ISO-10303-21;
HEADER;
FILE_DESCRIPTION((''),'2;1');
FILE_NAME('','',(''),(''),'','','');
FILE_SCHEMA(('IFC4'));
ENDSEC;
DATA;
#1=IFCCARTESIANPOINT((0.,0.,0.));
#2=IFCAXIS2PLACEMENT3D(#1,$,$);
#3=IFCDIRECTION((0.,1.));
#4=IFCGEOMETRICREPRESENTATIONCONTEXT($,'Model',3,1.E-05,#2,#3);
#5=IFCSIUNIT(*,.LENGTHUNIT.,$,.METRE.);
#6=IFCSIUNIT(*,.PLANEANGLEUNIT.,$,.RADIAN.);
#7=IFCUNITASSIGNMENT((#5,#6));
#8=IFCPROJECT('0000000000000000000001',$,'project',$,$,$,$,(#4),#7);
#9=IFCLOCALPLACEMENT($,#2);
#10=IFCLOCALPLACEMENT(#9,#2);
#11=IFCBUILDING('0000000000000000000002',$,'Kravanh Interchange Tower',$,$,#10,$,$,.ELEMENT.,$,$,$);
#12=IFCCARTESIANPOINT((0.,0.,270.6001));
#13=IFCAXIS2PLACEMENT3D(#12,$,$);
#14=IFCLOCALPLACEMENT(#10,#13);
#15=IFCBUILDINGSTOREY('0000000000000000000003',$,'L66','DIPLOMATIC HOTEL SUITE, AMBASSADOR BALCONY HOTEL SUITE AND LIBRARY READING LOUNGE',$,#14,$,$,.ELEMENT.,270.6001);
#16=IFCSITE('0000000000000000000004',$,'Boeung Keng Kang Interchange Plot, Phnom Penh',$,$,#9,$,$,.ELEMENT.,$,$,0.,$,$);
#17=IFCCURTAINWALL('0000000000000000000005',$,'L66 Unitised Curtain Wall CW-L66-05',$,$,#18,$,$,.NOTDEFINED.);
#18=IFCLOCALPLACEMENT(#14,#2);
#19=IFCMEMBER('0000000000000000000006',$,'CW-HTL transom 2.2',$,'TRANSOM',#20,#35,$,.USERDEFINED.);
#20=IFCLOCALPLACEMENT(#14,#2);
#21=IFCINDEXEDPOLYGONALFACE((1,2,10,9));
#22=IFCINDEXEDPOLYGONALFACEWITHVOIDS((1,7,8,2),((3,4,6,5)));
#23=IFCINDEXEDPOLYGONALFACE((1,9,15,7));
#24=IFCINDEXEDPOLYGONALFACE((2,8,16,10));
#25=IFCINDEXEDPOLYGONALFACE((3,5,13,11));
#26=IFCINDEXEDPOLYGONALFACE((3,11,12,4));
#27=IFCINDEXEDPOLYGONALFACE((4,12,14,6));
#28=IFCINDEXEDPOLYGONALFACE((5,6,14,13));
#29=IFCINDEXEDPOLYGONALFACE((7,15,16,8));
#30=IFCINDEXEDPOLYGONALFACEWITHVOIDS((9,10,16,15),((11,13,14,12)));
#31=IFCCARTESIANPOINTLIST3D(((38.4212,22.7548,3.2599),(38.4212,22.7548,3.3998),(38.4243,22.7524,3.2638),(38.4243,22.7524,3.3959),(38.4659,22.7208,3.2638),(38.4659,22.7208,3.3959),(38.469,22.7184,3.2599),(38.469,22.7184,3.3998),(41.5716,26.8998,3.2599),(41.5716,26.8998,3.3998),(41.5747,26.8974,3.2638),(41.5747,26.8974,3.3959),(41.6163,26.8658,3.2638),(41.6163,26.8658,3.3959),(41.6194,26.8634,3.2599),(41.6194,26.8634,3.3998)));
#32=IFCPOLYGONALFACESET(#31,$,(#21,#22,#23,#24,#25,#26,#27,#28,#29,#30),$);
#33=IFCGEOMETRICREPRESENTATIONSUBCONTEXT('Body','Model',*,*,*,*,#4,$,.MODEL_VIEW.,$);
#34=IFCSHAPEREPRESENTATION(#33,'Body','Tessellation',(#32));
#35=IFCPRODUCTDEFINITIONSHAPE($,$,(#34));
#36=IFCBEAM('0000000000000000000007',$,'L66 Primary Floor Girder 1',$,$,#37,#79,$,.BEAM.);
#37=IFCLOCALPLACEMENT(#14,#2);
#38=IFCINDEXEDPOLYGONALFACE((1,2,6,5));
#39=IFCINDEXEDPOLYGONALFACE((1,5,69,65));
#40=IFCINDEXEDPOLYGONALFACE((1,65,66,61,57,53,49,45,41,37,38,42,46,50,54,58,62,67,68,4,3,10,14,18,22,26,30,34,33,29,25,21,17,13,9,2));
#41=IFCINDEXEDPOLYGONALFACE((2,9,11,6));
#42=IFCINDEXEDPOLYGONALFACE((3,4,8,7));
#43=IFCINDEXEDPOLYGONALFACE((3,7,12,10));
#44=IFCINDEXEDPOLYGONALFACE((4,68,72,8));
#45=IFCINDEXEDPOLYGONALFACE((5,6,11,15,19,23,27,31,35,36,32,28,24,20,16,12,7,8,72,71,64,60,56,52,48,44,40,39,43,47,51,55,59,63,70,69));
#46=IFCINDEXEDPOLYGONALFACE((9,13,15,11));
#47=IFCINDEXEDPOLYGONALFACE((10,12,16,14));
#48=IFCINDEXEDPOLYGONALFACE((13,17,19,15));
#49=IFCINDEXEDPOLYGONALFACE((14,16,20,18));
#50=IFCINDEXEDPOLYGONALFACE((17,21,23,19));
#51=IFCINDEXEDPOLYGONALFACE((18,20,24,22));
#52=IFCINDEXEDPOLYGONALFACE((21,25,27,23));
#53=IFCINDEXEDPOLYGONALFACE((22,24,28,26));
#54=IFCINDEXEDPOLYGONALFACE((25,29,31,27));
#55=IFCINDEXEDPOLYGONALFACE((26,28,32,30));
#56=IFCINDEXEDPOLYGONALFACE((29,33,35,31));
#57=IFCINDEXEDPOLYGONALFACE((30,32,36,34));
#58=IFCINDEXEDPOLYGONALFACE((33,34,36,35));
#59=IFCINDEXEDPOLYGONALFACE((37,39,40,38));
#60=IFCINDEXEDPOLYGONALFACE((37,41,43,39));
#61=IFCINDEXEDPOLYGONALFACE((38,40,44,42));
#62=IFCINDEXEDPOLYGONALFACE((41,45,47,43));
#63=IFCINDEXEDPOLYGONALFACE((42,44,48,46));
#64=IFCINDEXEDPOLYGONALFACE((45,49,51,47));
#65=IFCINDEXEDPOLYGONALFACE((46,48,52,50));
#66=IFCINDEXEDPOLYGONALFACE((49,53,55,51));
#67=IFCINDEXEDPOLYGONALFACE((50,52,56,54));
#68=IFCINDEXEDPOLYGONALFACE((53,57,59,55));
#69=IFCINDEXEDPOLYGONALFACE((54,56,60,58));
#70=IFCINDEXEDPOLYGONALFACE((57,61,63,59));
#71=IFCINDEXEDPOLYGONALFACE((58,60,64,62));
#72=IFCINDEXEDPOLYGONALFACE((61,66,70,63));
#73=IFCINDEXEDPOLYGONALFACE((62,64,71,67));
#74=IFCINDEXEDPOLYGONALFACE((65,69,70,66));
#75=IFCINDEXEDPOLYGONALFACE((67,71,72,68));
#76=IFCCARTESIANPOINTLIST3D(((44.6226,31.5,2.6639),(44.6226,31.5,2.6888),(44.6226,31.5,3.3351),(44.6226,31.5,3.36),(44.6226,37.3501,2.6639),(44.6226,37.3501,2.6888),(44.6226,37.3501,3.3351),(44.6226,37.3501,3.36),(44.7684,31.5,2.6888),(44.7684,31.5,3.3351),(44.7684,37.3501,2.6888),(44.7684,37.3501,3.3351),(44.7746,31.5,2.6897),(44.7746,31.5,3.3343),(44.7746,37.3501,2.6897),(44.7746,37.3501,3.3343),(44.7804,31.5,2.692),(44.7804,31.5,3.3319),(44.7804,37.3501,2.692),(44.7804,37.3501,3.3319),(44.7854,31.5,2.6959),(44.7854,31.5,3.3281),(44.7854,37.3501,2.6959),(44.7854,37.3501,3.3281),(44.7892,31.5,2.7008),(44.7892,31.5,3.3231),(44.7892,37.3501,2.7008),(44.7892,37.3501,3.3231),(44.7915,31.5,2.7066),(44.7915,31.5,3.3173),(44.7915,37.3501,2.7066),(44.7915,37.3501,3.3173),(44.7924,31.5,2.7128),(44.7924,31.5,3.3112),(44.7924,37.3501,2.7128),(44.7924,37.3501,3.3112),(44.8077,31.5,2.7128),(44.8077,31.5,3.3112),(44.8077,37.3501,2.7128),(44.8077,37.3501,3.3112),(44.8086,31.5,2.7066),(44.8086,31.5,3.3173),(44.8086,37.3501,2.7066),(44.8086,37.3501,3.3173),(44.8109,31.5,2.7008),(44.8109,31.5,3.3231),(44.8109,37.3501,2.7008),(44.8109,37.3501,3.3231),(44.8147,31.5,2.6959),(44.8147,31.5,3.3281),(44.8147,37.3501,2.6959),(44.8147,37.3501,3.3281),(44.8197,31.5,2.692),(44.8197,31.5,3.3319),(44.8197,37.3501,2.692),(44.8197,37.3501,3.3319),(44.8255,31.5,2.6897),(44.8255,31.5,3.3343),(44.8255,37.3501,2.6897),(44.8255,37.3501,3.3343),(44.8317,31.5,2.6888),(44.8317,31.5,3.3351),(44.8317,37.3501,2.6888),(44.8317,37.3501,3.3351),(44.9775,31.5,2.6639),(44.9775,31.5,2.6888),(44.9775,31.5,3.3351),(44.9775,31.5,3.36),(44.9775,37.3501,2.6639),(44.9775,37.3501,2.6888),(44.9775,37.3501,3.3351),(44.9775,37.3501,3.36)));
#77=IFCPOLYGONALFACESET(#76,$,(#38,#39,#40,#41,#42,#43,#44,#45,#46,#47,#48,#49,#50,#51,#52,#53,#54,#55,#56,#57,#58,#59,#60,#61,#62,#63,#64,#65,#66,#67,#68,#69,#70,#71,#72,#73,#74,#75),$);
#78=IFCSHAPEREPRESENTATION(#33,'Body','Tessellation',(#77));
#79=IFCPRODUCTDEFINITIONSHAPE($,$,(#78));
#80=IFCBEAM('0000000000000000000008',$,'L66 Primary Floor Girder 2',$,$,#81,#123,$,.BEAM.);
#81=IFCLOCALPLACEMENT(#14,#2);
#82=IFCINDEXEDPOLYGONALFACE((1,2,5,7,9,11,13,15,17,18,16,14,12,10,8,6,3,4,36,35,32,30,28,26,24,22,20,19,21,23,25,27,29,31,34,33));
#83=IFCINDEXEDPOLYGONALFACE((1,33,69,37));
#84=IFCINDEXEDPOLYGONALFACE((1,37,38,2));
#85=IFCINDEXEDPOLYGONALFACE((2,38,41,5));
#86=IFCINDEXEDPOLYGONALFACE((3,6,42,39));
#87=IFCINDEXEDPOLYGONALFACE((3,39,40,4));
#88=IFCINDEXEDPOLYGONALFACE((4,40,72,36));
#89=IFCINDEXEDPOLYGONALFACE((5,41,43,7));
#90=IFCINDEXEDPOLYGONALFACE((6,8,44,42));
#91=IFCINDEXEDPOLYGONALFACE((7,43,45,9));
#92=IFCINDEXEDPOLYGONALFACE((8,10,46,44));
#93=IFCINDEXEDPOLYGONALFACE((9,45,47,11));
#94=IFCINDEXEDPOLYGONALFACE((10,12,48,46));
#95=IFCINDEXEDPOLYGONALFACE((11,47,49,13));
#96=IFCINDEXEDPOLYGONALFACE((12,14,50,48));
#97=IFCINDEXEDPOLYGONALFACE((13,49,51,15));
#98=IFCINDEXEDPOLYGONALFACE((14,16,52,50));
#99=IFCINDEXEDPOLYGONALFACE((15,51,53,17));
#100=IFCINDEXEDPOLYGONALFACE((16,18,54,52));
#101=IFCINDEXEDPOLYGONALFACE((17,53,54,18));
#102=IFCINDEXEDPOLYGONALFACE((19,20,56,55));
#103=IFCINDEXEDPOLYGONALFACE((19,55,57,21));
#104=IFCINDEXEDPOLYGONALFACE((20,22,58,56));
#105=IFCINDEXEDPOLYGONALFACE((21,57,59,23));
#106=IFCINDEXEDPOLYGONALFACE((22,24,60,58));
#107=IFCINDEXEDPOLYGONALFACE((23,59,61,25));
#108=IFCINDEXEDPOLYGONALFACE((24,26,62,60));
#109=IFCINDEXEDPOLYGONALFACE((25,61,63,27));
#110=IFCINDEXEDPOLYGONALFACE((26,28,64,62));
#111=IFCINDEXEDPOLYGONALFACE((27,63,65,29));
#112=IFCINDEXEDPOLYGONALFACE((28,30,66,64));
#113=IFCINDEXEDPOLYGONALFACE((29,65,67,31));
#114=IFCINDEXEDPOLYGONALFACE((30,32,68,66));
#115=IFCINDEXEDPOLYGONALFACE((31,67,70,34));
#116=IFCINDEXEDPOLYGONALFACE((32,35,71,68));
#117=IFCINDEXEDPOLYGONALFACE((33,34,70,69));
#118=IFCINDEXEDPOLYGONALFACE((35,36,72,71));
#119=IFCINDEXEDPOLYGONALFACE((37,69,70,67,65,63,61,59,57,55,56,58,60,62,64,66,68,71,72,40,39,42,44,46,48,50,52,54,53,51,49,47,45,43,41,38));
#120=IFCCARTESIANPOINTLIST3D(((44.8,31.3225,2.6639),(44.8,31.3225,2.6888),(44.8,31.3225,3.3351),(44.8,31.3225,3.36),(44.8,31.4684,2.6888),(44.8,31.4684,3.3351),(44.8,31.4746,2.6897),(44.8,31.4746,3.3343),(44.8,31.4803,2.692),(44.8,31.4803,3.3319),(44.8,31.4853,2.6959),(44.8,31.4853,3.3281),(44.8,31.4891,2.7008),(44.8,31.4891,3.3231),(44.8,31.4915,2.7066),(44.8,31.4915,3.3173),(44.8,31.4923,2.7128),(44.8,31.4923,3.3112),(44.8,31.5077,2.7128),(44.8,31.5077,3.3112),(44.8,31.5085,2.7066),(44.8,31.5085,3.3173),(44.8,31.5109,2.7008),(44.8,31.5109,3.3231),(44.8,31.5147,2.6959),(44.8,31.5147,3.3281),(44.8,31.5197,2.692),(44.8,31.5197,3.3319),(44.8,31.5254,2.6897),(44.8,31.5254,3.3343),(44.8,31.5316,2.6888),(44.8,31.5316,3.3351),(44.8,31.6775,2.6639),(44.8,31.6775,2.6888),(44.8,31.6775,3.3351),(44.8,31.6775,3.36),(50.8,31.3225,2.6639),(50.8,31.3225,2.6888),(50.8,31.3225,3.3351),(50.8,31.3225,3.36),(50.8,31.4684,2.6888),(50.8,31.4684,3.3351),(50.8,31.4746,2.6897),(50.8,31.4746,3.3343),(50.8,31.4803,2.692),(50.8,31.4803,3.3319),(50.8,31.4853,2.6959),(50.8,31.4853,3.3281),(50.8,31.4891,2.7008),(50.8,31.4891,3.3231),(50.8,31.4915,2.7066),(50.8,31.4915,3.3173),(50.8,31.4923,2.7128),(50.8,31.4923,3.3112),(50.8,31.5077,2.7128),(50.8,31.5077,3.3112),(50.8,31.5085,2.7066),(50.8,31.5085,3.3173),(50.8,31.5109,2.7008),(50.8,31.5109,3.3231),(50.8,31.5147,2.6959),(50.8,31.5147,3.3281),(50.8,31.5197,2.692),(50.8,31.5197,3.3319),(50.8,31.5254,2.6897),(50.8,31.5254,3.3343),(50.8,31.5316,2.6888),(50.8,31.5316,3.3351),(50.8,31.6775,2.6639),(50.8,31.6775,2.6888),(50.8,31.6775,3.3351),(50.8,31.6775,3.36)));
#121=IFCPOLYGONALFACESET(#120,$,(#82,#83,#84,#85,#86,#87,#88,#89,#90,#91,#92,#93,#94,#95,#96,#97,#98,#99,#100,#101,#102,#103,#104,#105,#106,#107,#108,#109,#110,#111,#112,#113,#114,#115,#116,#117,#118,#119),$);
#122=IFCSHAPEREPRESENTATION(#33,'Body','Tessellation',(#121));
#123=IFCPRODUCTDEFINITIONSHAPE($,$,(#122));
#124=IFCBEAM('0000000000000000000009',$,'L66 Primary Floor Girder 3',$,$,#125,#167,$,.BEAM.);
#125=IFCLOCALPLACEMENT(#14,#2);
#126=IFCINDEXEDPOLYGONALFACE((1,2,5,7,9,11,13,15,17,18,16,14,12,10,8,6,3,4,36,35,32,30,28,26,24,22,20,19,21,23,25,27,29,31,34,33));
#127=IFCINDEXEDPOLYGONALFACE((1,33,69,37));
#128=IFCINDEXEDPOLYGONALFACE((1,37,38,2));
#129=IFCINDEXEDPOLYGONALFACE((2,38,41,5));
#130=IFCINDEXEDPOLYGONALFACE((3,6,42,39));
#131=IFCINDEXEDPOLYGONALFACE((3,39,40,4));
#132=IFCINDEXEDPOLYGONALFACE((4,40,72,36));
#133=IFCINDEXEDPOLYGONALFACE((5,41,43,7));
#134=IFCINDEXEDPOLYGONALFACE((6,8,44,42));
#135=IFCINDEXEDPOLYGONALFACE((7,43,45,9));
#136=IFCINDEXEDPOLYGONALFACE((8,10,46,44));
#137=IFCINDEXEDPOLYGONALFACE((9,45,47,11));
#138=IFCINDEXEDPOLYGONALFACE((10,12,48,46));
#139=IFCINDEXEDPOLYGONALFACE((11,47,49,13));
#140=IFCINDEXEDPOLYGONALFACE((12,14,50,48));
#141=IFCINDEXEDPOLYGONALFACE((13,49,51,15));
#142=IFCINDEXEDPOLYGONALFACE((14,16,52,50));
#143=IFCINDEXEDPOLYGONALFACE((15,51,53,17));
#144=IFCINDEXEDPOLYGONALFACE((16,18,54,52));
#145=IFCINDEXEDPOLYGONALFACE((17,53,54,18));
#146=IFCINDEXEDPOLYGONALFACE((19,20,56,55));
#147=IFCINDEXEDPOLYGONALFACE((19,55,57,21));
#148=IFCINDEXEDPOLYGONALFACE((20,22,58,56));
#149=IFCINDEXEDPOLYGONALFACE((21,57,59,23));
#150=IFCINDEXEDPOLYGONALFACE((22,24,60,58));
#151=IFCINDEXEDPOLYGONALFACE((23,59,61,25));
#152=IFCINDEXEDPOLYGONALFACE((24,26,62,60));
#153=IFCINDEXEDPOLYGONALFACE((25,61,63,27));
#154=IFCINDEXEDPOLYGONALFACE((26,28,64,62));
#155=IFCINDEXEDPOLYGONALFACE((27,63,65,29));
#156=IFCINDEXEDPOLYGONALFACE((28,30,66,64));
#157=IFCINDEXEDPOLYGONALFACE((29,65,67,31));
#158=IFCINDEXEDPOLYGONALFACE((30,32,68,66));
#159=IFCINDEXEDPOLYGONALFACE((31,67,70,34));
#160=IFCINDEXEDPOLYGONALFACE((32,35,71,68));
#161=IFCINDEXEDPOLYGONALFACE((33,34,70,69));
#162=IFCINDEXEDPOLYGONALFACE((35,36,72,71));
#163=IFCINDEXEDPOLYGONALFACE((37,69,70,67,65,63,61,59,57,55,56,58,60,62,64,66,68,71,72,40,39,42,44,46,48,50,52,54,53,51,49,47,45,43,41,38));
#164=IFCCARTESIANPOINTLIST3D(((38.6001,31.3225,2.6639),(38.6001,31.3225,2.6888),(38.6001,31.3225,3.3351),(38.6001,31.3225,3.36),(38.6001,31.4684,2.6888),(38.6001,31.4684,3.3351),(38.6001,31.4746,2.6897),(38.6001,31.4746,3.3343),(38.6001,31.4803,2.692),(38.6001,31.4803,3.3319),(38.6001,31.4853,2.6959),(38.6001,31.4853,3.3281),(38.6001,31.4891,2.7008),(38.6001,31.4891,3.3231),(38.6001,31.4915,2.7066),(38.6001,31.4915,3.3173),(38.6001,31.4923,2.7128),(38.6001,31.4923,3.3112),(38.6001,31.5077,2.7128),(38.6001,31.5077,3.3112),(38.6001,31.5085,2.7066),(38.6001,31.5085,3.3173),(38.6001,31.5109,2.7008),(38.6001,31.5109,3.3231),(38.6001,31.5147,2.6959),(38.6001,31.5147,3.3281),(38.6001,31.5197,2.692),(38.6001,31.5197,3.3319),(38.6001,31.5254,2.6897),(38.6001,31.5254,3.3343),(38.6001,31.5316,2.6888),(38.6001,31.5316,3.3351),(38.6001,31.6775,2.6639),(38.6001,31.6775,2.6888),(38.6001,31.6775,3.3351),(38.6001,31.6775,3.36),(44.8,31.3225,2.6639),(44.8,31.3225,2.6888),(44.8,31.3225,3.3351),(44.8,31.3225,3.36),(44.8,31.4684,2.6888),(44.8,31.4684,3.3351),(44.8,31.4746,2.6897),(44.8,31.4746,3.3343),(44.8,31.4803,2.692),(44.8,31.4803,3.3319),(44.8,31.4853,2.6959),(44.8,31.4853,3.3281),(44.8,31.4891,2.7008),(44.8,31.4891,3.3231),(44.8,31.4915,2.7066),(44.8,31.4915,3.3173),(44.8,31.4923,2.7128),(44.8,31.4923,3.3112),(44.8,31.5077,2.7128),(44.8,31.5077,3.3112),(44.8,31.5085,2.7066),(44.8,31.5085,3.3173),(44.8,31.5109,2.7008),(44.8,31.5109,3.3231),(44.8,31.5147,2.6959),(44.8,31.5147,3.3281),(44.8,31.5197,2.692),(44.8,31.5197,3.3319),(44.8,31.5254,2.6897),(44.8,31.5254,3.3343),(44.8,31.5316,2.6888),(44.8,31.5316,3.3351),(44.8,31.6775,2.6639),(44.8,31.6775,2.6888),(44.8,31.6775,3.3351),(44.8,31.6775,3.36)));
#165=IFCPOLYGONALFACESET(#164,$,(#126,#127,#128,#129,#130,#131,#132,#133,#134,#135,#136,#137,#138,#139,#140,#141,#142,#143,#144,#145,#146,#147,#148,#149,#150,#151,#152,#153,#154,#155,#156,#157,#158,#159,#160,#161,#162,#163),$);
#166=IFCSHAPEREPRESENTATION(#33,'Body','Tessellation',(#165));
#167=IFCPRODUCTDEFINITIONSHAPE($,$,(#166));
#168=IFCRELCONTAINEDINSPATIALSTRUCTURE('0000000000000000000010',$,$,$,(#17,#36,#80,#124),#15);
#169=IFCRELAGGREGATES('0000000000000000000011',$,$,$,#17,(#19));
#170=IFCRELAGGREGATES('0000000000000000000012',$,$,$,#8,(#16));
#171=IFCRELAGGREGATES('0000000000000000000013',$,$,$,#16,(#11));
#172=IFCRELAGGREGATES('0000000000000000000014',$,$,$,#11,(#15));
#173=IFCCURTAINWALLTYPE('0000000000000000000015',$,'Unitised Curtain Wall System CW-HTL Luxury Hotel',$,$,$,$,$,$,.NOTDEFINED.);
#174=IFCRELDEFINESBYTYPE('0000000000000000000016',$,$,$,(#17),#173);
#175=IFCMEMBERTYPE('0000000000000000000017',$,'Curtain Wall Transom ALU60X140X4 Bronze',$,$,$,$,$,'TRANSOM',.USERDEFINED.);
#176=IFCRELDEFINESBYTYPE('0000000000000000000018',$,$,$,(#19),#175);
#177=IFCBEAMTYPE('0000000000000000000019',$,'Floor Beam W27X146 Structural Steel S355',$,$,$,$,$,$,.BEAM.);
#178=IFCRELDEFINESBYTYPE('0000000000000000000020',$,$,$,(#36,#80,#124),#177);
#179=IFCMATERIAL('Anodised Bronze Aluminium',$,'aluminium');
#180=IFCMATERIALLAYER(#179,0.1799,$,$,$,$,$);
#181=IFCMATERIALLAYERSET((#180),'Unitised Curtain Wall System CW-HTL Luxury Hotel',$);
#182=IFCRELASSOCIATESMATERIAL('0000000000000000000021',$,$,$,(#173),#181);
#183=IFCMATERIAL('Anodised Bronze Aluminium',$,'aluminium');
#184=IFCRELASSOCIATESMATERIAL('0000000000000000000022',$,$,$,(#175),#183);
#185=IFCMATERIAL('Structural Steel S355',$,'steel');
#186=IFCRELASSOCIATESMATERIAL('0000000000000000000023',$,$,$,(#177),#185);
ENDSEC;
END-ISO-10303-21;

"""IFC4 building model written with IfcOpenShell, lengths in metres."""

from ifc_helpers import new_model, si_unit, direction, frame, origin, origin_2d, place, context, subcontext, project, spatial, hollow_rectangle, i_section, extrude, material, layer, layer_set, material_profile, profile_set, type_object, element, aggregate, save


model = new_model("IFC4")

# Units and contexts
model_context = context("Model", 3, precision=1e-05, world=origin(), true_north=direction((0.0, 1.0)))
body_context = subcontext(model_context, "Body", "Model", "MODEL_VIEW")
ifc_project = project(units=[si_unit("LENGTHUNIT", "METRE"), si_unit("PLANEANGLEUNIT", "RADIAN")], contexts=[model_context])

# Site, building, storey
site_placement = place(None, origin())
site = spatial("IfcSite", under=ifc_project, at=site_placement, Name="Boeung Keng Kang Interchange Plot, Phnom Penh", CompositionType="ELEMENT", RefElevation=0.0)
building_placement = place(site_placement, origin())
building = spatial("IfcBuilding", under=site, at=building_placement, Name="Kravanh Interchange Tower", CompositionType="ELEMENT")
storey_placement = place(building_placement, frame((0.0, 0.0, 270.6001)))
storey = spatial("IfcBuildingStorey", under=building, at=storey_placement, Name="L66", Description="DIPLOMATIC HOTEL SUITE, AMBASSADOR BALCONY HOTEL SUITE AND LIBRARY READING LOUNGE", CompositionType="ELEMENT", Elevation=270.6001)

# Curtain wall
ifc_material_1 = material(Name="Anodised Bronze Aluminium", Category="aluminium")
ifc_layer_1 = layer(ifc_material_1, 0.1799)
ifc_layer_set_1 = layer_set([ifc_layer_1], Name="Unitised Curtain Wall System CW-HTL Luxury Hotel")
curtain_wall_type = type_object("IfcCurtainWallType", Name="Unitised Curtain Wall System CW-HTL Luxury Hotel", PredefinedType="NOTDEFINED", material=ifc_layer_set_1)
curtain_wall_1_placement = place(storey_placement, origin())
curtain_wall_1 = element("IfcCurtainWall", 1, at=curtain_wall_1_placement, inside=storey, type_object=curtain_wall_type, Name="L66 Unitised Curtain Wall CW-L66-05", PredefinedType="NOTDEFINED")

# Member
ifc_material_2 = material(Name="Anodised Bronze Aluminium", Category="aluminium")
ifc_material_profile_1 = material_profile(ifc_material_2, hollow_rectangle(XDim=0.0601, YDim=0.1399, WallThickness=0.0039, at=origin_2d()), Name="ALU60X140X4")
ifc_profile_set_1 = profile_set([ifc_material_profile_1], Name="Anodised Bronze Aluminium")
member_type_1 = type_object("IfcMemberType", Name="Curtain Wall Transom ALU60X140X4 Bronze", ElementType="TRANSOM", PredefinedType="USERDEFINED", material=ifc_profile_set_1)
member_1_placement = place(storey_placement, frame((41.5955, 26.8816, 3.3298), z_axis=(-0.605105, -0.796146, 0.0), x_axis=(0.796146, -0.605105, 0.0)))
member_1 = element("IfcMember", 2, at=member_1_placement, type_object=member_type_1, Name="CW-HTL transom 2.2", ObjectType="TRANSOM", PredefinedType="USERDEFINED", context=body_context, shape_type="SweptSolid", body=[
    extrude(hollow_rectangle(XDim=0.0601, YDim=0.1399, WallThickness=0.0039, at=origin_2d()), origin(), (0.0, 0.0, 1.0), 5.2063),
])

# Beams
ifc_material_3 = material(Name="Structural Steel S355", Category="steel")
ifc_material_profile_2 = material_profile(ifc_material_3, i_section(OverallWidth=0.355, OverallDepth=0.696, WebThickness=0.0154, FlangeThickness=0.0249, FilletRadius=0.0239, at=origin_2d()), Name="W27X146")
ifc_profile_set_2 = profile_set([ifc_material_profile_2], Name="Structural Steel S355")
beam_type_1 = type_object("IfcBeamType", Name="Floor Beam W27X146 Structural Steel S355", PredefinedType="BEAM", material=ifc_profile_set_2)
beam_1_placement = place(storey_placement, frame((44.8, 31.5, 3.012), z_axis=(0.0, 1.0, 0.0), x_axis=(-1.0, 0.0, 0.0)))
element("IfcBeam", 3, at=beam_1_placement, inside=storey, type_object=beam_type_1, Name="L66 Primary Floor Girder 1", PredefinedType="BEAM", context=body_context, shape_type="SweptSolid", body=[
    extrude(i_section(OverallWidth=0.355, OverallDepth=0.696, WebThickness=0.0154, FlangeThickness=0.0249, FilletRadius=0.0239, at=origin_2d()), origin(), (0.0, 0.0, 1.0), 5.8501),
])
beam_2_placement = place(storey_placement, frame((44.8, 31.5, 3.012), z_axis=(1.0, 0.0, 0.0), x_axis=(0.0, 1.0, 0.0)))
element("IfcBeam", 4, at=beam_2_placement, inside=storey, type_object=beam_type_1, Name="L66 Primary Floor Girder 2", PredefinedType="BEAM", context=body_context, shape_type="SweptSolid", body=[
    extrude(i_section(OverallWidth=0.355, OverallDepth=0.696, WebThickness=0.0154, FlangeThickness=0.0249, FilletRadius=0.0239, at=origin_2d()), origin(), (0.0, 0.0, 1.0), 6.0),
])
beam_3_placement = place(storey_placement, frame((44.8, 31.5, 3.012), z_axis=(-1.0, 0.0, 0.0), x_axis=(0.0, -1.0, 0.0)))
element("IfcBeam", 5, at=beam_3_placement, inside=storey, type_object=beam_type_1, Name="L66 Primary Floor Girder 3", PredefinedType="BEAM", context=body_context, shape_type="SweptSolid", body=[
    extrude(i_section(OverallWidth=0.355, OverallDepth=0.696, WebThickness=0.0154, FlangeThickness=0.0249, FilletRadius=0.0239, at=origin_2d()), origin(), (0.0, 0.0, 1.0), 6.2),
])

aggregate(curtain_wall_1, [member_1])

save(model, "model.ifc")
